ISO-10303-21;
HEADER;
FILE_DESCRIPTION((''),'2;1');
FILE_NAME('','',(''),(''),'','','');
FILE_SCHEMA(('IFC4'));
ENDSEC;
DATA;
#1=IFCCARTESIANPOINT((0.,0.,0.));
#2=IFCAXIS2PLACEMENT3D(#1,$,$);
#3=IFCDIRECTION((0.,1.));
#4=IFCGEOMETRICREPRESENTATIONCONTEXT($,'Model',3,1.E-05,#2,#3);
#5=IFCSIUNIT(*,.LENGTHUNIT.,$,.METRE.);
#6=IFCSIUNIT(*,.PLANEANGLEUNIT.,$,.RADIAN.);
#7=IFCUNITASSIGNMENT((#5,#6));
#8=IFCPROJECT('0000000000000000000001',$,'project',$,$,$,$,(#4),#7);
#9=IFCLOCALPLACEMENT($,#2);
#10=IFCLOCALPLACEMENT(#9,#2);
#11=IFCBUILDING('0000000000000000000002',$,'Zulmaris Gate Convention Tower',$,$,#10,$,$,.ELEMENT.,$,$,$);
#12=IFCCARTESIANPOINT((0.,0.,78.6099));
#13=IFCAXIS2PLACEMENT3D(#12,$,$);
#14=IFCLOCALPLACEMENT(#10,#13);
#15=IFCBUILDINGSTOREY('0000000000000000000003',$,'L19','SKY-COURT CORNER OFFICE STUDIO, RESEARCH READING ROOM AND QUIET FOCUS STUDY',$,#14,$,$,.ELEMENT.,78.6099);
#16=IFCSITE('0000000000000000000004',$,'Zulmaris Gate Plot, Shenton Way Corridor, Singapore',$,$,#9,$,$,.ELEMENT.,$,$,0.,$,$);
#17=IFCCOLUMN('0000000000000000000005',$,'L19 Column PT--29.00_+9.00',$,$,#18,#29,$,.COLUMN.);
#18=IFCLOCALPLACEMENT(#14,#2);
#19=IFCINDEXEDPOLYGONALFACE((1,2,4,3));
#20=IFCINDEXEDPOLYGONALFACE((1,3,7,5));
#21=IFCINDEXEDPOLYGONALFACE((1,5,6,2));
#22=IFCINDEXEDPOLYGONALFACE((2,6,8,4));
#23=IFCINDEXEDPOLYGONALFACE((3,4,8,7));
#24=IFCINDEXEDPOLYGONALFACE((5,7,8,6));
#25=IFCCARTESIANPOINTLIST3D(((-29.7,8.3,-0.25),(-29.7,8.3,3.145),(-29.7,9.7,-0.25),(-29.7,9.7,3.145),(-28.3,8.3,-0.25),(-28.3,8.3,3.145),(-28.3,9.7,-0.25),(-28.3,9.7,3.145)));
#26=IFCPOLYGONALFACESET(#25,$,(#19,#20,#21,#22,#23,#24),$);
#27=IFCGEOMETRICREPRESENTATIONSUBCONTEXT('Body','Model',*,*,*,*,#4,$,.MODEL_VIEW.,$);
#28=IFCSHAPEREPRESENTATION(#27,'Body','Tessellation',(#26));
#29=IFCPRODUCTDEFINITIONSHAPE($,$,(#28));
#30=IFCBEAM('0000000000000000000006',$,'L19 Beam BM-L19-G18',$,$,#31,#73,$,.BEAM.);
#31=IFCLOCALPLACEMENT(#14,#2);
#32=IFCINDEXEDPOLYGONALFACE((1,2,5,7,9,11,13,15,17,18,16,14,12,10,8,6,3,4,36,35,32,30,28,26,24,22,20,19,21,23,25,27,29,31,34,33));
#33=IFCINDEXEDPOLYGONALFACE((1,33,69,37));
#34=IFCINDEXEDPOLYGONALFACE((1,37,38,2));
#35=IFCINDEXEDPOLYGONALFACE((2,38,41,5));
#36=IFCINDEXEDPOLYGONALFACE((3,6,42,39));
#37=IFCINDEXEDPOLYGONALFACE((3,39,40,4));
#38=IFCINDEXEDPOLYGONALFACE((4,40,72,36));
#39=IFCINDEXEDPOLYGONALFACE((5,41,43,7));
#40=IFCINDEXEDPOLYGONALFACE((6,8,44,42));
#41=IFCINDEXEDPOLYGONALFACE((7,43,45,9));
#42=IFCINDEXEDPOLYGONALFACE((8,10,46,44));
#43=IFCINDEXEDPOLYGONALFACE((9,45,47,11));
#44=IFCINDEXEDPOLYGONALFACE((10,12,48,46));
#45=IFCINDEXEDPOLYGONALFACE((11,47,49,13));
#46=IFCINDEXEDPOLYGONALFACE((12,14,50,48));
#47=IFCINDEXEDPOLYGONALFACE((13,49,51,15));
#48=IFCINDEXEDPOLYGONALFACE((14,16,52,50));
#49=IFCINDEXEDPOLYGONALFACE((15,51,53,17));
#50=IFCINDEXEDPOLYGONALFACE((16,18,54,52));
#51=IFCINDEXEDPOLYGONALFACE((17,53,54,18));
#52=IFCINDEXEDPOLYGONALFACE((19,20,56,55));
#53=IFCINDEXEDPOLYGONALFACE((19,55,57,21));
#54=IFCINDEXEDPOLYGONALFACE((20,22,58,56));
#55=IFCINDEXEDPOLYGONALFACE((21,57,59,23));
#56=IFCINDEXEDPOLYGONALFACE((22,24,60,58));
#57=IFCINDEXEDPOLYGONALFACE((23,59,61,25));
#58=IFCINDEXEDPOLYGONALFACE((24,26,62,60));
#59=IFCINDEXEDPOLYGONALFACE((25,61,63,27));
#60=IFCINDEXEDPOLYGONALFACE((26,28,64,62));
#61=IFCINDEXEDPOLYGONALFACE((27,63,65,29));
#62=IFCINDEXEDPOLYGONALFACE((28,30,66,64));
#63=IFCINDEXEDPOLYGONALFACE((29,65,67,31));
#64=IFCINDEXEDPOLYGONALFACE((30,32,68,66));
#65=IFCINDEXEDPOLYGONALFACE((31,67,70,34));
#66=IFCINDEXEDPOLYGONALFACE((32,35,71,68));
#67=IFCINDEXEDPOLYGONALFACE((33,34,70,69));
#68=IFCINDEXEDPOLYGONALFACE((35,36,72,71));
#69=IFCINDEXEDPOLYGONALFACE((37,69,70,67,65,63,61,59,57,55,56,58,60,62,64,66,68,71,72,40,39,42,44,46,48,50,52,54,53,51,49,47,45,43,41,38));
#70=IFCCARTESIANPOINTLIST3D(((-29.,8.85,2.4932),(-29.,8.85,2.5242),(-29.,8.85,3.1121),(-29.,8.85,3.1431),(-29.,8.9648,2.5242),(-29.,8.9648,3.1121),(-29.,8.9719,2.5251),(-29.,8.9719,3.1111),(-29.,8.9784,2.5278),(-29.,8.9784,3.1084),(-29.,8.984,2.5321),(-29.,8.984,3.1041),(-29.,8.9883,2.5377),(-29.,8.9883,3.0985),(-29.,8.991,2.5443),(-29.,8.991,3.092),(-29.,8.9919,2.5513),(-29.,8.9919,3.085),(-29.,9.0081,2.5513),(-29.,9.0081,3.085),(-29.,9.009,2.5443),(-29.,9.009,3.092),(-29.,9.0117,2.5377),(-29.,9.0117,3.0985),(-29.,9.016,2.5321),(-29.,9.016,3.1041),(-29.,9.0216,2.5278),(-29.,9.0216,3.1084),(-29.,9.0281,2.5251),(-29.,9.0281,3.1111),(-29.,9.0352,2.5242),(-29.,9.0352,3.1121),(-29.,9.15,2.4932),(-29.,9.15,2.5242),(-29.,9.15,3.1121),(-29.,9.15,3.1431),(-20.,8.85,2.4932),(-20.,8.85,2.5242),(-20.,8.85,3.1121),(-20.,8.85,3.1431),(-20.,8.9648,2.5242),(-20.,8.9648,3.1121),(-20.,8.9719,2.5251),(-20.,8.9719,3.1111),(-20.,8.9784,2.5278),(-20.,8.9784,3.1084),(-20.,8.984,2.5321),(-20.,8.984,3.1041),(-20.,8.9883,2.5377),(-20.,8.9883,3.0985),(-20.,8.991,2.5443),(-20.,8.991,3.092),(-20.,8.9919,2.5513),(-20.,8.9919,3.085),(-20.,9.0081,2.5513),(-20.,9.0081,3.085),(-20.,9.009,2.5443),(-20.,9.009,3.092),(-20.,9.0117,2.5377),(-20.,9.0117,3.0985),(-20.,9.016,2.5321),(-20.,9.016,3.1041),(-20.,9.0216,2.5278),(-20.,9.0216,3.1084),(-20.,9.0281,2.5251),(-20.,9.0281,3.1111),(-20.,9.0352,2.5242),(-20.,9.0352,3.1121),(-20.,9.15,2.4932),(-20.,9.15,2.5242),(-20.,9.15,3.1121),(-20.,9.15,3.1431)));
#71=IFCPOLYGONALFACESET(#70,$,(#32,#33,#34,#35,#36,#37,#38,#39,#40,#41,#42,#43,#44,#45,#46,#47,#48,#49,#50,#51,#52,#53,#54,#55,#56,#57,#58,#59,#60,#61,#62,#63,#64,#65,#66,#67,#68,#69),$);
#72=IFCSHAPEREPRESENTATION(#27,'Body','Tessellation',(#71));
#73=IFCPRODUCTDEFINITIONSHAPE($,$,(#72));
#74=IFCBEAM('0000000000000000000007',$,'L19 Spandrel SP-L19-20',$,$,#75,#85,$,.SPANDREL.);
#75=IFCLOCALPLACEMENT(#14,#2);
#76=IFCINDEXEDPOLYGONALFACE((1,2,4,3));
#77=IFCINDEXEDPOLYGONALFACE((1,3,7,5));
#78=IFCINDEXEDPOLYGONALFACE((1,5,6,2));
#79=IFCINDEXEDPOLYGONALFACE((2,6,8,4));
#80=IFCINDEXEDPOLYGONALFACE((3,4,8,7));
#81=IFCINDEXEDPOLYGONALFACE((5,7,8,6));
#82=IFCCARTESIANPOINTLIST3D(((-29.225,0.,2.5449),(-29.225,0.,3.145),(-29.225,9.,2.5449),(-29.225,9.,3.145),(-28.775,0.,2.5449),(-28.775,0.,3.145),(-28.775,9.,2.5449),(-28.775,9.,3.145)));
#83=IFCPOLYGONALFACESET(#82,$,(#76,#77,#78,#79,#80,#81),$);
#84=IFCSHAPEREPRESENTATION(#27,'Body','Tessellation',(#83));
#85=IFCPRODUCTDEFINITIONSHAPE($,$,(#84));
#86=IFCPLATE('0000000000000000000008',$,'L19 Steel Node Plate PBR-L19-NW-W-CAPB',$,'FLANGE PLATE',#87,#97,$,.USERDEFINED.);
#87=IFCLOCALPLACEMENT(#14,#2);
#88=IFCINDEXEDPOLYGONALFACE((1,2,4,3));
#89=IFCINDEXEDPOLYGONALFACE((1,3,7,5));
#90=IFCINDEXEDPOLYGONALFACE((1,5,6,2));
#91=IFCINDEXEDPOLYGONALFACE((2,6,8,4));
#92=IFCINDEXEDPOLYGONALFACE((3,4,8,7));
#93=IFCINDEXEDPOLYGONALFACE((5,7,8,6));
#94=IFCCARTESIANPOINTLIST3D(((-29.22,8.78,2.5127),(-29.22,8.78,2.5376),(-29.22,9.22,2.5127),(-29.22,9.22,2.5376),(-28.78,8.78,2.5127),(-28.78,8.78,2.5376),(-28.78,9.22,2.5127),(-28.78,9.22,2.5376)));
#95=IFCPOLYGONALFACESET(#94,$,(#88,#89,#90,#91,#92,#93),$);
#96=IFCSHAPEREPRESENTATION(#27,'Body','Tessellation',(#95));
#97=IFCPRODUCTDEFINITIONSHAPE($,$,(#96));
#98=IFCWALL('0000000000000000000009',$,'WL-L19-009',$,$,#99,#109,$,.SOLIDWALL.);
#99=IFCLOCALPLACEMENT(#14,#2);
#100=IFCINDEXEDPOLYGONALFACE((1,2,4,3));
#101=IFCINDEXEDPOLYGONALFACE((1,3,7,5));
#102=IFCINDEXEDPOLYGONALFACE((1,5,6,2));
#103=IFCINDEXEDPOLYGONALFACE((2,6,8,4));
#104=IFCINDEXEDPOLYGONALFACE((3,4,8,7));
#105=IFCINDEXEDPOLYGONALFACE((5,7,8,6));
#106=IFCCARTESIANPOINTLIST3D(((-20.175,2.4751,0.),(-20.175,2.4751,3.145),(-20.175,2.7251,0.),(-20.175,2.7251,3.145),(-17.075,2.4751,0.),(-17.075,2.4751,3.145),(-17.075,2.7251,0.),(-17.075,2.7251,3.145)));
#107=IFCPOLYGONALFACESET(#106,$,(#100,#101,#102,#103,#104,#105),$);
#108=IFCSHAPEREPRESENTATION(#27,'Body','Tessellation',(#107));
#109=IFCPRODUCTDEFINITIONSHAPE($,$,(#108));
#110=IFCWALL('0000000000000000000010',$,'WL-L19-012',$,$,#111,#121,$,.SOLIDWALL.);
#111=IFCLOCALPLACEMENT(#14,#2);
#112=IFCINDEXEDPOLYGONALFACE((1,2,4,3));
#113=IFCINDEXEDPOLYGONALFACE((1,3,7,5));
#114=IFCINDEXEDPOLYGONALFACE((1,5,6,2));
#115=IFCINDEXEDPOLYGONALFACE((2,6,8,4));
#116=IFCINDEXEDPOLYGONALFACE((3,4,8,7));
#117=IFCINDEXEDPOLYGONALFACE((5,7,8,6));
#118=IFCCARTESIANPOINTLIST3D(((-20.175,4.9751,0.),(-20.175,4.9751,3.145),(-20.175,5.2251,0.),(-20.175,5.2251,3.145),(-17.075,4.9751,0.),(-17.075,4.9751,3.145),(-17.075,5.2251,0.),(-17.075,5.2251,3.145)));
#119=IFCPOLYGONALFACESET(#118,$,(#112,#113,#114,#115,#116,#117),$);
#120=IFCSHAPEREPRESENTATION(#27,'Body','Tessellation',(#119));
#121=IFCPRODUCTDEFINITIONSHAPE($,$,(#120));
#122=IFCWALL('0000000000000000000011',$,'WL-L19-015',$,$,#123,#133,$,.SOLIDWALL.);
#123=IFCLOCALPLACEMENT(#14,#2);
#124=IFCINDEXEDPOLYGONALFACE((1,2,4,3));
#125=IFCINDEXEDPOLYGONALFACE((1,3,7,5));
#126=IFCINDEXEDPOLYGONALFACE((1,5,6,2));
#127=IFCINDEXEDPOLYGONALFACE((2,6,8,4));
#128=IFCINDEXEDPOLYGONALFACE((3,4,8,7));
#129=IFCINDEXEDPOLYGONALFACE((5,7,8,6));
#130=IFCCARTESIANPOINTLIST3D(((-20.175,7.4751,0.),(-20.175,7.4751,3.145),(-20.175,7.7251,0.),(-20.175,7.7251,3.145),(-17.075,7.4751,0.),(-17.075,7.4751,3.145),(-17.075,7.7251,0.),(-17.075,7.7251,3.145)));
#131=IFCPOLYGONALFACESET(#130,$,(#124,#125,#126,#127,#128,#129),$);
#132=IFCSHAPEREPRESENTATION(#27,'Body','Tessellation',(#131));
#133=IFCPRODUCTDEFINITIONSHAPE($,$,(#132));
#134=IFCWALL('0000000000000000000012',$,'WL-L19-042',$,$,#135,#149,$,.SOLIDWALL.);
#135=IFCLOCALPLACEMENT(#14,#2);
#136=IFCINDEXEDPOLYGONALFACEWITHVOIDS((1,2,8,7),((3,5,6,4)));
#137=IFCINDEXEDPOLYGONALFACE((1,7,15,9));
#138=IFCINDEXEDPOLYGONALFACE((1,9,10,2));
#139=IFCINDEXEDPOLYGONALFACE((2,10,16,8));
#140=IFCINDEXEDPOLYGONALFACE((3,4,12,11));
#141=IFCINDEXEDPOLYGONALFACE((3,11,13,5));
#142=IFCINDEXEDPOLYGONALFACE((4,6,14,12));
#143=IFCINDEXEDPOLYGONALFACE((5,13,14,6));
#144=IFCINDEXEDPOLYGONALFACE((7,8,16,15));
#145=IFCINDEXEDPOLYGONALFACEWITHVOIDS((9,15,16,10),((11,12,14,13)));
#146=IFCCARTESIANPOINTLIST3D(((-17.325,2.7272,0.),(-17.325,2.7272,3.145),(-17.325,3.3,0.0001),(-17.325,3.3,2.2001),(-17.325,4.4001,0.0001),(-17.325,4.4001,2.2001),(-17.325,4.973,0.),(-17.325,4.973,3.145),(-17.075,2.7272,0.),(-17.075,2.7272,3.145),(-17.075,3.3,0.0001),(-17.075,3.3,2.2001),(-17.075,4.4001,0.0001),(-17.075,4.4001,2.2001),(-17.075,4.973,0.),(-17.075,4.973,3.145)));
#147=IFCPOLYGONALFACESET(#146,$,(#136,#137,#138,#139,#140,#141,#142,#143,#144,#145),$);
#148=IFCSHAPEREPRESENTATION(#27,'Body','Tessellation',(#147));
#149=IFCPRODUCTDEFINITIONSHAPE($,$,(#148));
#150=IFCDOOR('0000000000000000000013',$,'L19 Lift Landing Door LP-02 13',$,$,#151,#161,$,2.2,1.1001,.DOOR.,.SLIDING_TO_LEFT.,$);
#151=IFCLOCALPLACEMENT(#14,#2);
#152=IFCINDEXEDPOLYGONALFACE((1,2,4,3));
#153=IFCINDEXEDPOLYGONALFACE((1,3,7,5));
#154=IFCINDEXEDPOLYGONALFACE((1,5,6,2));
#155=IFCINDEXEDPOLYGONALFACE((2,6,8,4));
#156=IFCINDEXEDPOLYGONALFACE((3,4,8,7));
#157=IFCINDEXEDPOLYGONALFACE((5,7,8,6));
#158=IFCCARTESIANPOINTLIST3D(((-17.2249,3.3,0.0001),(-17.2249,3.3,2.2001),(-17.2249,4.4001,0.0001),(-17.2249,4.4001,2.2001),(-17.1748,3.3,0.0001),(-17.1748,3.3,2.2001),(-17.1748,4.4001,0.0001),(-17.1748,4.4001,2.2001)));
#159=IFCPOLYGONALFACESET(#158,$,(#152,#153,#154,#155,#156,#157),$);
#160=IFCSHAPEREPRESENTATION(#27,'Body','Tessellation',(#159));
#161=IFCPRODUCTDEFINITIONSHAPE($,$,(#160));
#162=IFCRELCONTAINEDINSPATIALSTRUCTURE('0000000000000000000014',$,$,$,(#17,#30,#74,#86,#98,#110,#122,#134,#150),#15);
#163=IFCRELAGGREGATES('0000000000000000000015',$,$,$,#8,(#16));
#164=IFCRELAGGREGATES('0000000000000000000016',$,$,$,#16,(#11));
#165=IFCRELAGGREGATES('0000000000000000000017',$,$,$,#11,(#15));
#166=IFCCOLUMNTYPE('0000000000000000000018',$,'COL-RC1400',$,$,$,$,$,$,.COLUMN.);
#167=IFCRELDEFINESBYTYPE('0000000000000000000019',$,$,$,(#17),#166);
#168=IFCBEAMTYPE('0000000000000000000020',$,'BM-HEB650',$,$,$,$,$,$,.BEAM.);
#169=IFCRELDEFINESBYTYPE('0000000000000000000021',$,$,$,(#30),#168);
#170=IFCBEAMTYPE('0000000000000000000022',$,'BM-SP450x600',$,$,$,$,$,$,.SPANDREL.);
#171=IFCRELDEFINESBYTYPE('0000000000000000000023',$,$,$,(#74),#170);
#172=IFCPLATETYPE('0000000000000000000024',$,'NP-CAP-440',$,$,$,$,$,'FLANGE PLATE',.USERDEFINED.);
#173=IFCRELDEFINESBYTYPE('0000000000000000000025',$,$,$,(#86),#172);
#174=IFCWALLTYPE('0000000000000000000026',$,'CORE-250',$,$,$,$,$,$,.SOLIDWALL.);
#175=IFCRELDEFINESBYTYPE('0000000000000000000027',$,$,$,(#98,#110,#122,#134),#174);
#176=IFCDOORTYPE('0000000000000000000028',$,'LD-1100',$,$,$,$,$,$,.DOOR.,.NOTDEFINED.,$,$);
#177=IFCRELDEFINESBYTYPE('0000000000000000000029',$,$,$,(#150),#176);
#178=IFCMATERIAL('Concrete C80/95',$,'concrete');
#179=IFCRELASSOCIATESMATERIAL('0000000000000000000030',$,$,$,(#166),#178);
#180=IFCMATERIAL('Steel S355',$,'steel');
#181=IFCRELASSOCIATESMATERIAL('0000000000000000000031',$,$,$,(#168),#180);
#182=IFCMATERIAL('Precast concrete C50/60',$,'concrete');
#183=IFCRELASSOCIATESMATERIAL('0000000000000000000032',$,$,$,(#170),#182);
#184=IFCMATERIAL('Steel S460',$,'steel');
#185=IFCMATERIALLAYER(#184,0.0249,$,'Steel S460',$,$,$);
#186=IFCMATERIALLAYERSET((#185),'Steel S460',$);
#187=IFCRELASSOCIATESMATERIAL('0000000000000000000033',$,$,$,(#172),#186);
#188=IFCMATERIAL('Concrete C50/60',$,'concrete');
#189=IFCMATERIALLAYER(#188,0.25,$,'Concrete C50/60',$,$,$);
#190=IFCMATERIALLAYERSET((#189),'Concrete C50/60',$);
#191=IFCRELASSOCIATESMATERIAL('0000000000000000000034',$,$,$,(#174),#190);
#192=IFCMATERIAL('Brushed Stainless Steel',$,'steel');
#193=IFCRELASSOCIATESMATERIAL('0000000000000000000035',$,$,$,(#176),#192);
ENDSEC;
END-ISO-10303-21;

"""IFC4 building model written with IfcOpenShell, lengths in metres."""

from ifc_helpers import new_model, si_unit, direction, frame, frame_2d, origin, origin_2d, place, context, subcontext, project, spatial, rectangle, i_section, extrude, material, layer, layer_set, material_profile, profile_set, type_object, element, fill, save


model = new_model("IFC4")

# Units and contexts
model_context = context("Model", 3, precision=1e-05, world=origin(), true_north=direction((0.0, 1.0)))
body_context = subcontext(model_context, "Body", "Model", "MODEL_VIEW")
ifc_project = project(units=[si_unit("LENGTHUNIT", "METRE"), si_unit("PLANEANGLEUNIT", "RADIAN")], contexts=[model_context])

# Site, building, storey
site_placement = place(None, origin())
site = spatial("IfcSite", under=ifc_project, at=site_placement, Name="Zulmaris Gate Plot, Shenton Way Corridor, Singapore", CompositionType="ELEMENT", RefElevation=0.0)
building_placement = place(site_placement, origin())
building = spatial("IfcBuilding", under=site, at=building_placement, Name="Zulmaris Gate Convention Tower", CompositionType="ELEMENT")
storey_placement = place(building_placement, frame((0.0, 0.0, 78.6099)))
storey = spatial("IfcBuildingStorey", under=building, at=storey_placement, Name="L19", Description="SKY-COURT CORNER OFFICE STUDIO, RESEARCH READING ROOM AND QUIET FOCUS STUDY", CompositionType="ELEMENT", Elevation=78.6099)

# Column
ifc_material_1 = material(Name="Concrete C80/95", Category="concrete")
ifc_material_profile_1 = material_profile(ifc_material_1, rectangle(XDim=1.3999, YDim=1.3999, at=origin_2d()), Name="RC COL 1400x1400")
ifc_profile_set_1 = profile_set([ifc_material_profile_1], Name="Concrete C80/95")
column_type = type_object("IfcColumnType", Name="COL-RC1400", PredefinedType="COLUMN", material=ifc_profile_set_1)
column_placement = place(storey_placement, frame((-29.0, 9.0, -0.25), z_axis=(0.0, 0.0, 1.0), x_axis=(1.0, 0.0, 0.0)))
element("IfcColumn", 1, at=column_placement, inside=storey, type_object=column_type, Name="L19 Column PT--29.00_+9.00", PredefinedType="COLUMN", context=body_context, shape_type="SweptSolid", body=[
    extrude(rectangle(XDim=1.3999, YDim=1.3999, at=origin_2d()), origin(), (0.0, 0.0, 1.0), 3.395),
])

# Beams
ifc_material_2 = material(Name="Steel S355", Category="steel")
ifc_material_profile_2 = material_profile(ifc_material_2, i_section(OverallWidth=0.3, OverallDepth=0.6499, WebThickness=0.0161, FlangeThickness=0.031, FilletRadius=0.0271, at=origin_2d()), Name="HEB 650")
ifc_profile_set_2 = profile_set([ifc_material_profile_2], Name="Steel S355")
beam_type_1 = type_object("IfcBeamType", Name="BM-HEB650", PredefinedType="BEAM", material=ifc_profile_set_2)
beam_1_placement = place(storey_placement, frame((-29.0, 9.0, 2.8181), z_axis=(1.0, 0.0, 0.0), x_axis=(0.0, 1.0, 0.0)))
element("IfcBeam", 2, at=beam_1_placement, inside=storey, type_object=beam_type_1, Name="L19 Beam BM-L19-G18", PredefinedType="BEAM", context=body_context, shape_type="SweptSolid", body=[
    extrude(i_section(OverallWidth=0.3, OverallDepth=0.6499, WebThickness=0.0161, FlangeThickness=0.031, FilletRadius=0.0271, at=origin_2d()), origin(), (0.0, 0.0, 1.0), 9.0),
])
ifc_material_3 = material(Name="Precast concrete C50/60", Category="concrete")
ifc_material_profile_3 = material_profile(ifc_material_3, rectangle(XDim=0.45, YDim=0.6001, at=origin_2d()), Name="RC SPANDREL 450x600")
ifc_profile_set_3 = profile_set([ifc_material_profile_3], Name="Precast concrete C50/60")
beam_type_2 = type_object("IfcBeamType", Name="BM-SP450x600", PredefinedType="SPANDREL", material=ifc_profile_set_3)
beam_2_placement = place(storey_placement, frame((-29.0, 9.0, 2.845), z_axis=(0.0, -1.0, 0.0), x_axis=(1.0, 0.0, 0.0)))
element("IfcBeam", 3, at=beam_2_placement, inside=storey, type_object=beam_type_2, Name="L19 Spandrel SP-L19-20", PredefinedType="SPANDREL", context=body_context, shape_type="SweptSolid", body=[
    extrude(rectangle(XDim=0.45, YDim=0.6001, at=origin_2d()), origin(), (0.0, 0.0, 1.0), 9.0),
])

# Plate
ifc_material_4 = material(Name="Steel S460", Category="steel")
ifc_layer_1 = layer(ifc_material_4, 0.0249, Name="Steel S460")
ifc_layer_set_1 = layer_set([ifc_layer_1], Name="Steel S460")
plate_type = type_object("IfcPlateType", Name="NP-CAP-440", ElementType="FLANGE PLATE", PredefinedType="USERDEFINED", material=ifc_layer_set_1)
plate_placement = place(storey_placement, frame((-29.0, 9.0, 2.5127), z_axis=(0.0, 0.0, 1.0), x_axis=(1.0, 0.0, 0.0)))
element("IfcPlate", 4, at=plate_placement, inside=storey, type_object=plate_type, Name="L19 Steel Node Plate PBR-L19-NW-W-CAPB", ObjectType="FLANGE PLATE", PredefinedType="USERDEFINED", context=body_context, shape_type="SweptSolid", body=[
    extrude(rectangle(XDim=0.4399, YDim=0.4399, at=origin_2d()), origin(), (0.0, 0.0, 1.0), 0.0249),
])

# Walls
ifc_material_5 = material(Name="Concrete C50/60", Category="concrete")
ifc_layer_2 = layer(ifc_material_5, 0.25, Name="Concrete C50/60")
ifc_layer_set_2 = layer_set([ifc_layer_2], Name="Concrete C50/60")
wall_type_1 = type_object("IfcWallType", Name="CORE-250", PredefinedType="SOLIDWALL", material=ifc_layer_set_2)
for number, where, z_axis, x_axis, name in (
    (5, (-20.175, 2.6001, 0.0), (0.0, 0.0, 1.0), (1.0, 0.0, 0.0), "WL-L19-009"),
    (6, (-20.175, 5.1001, 0.0), (0.0, 0.0, 1.0), (1.0, 0.0, 0.0), "WL-L19-012"),
    (7, (-20.175, 7.6001, 0.0), (0.0, 0.0, 1.0), (1.0, 0.0, 0.0), "WL-L19-015"),
):
    element("IfcWall", number, at=place(storey_placement, frame(where, z_axis=z_axis, x_axis=x_axis)), inside=storey, type_object=wall_type_1, Name=name, PredefinedType="SOLIDWALL", context=body_context, shape_type="SweptSolid", body=[
        extrude(rectangle(XDim=3.1001, YDim=0.25, at=frame_2d((1.55, 0.0))), origin(), (0.0, 0.0, 1.0), 3.145),
    ])

# Wall, opening, door
wall_1_placement = place(storey_placement, frame((-17.2, 2.7271, 0.0), z_axis=(0.0, 0.0, 1.0), x_axis=(0.0, 1.0, 0.0)))
wall_1 = element("IfcWall", 8, at=wall_1_placement, inside=storey, type_object=wall_type_1, Name="WL-L19-042", PredefinedType="SOLIDWALL", context=body_context, shape_type="SweptSolid", body=[
    extrude(rectangle(XDim=2.2458, YDim=0.25, at=frame_2d((1.123, 0.0))), origin(), (0.0, 0.0, 1.0), 3.145),
])
opening_1_placement = place(wall_1_placement, frame((0.573, 0.0, 0.0)))
opening_1 = element("IfcOpeningElement", 9, at=opening_1_placement, cuts=wall_1, PredefinedType="OPENING", context=body_context, shape_type="SweptSolid", body=[
    extrude(rectangle(XDim=1.1001, YDim=2.2, at=frame_2d((0.55, 1.1001))), frame((0.0, 0.135, 0.0), z_axis=(0.0, -1.0, 0.0), x_axis=(1.0, 0.0, 0.0)), (0.0, 0.0, 1.0), 0.27),
])
ifc_material_6 = material(Name="Brushed Stainless Steel", Category="steel")
door_type_1 = type_object("IfcDoorType", Name="LD-1100", OperationType="NOTDEFINED", PredefinedType="DOOR", material=ifc_material_6)
door_1_placement = place(opening_1_placement, origin())
door_1 = element("IfcDoor", 10, at=door_1_placement, inside=storey, type_object=door_type_1, Name="L19 Lift Landing Door LP-02 13", OperationType="SLIDING_TO_LEFT", OverallHeight=2.2, OverallWidth=1.1001, PredefinedType="DOOR", context=body_context, shape_type="SweptSolid", body=[
    extrude(rectangle(XDim=1.1001, YDim=2.2, at=frame_2d((0.55, 1.1001))), frame((0.0, 0.0249, 0.0), z_axis=(0.0, -1.0, 0.0), x_axis=(1.0, 0.0, 0.0)), (0.0, 0.0, 1.0), 0.05),
])
fill(opening_1, door_1)

save(model, "model.ifc")
